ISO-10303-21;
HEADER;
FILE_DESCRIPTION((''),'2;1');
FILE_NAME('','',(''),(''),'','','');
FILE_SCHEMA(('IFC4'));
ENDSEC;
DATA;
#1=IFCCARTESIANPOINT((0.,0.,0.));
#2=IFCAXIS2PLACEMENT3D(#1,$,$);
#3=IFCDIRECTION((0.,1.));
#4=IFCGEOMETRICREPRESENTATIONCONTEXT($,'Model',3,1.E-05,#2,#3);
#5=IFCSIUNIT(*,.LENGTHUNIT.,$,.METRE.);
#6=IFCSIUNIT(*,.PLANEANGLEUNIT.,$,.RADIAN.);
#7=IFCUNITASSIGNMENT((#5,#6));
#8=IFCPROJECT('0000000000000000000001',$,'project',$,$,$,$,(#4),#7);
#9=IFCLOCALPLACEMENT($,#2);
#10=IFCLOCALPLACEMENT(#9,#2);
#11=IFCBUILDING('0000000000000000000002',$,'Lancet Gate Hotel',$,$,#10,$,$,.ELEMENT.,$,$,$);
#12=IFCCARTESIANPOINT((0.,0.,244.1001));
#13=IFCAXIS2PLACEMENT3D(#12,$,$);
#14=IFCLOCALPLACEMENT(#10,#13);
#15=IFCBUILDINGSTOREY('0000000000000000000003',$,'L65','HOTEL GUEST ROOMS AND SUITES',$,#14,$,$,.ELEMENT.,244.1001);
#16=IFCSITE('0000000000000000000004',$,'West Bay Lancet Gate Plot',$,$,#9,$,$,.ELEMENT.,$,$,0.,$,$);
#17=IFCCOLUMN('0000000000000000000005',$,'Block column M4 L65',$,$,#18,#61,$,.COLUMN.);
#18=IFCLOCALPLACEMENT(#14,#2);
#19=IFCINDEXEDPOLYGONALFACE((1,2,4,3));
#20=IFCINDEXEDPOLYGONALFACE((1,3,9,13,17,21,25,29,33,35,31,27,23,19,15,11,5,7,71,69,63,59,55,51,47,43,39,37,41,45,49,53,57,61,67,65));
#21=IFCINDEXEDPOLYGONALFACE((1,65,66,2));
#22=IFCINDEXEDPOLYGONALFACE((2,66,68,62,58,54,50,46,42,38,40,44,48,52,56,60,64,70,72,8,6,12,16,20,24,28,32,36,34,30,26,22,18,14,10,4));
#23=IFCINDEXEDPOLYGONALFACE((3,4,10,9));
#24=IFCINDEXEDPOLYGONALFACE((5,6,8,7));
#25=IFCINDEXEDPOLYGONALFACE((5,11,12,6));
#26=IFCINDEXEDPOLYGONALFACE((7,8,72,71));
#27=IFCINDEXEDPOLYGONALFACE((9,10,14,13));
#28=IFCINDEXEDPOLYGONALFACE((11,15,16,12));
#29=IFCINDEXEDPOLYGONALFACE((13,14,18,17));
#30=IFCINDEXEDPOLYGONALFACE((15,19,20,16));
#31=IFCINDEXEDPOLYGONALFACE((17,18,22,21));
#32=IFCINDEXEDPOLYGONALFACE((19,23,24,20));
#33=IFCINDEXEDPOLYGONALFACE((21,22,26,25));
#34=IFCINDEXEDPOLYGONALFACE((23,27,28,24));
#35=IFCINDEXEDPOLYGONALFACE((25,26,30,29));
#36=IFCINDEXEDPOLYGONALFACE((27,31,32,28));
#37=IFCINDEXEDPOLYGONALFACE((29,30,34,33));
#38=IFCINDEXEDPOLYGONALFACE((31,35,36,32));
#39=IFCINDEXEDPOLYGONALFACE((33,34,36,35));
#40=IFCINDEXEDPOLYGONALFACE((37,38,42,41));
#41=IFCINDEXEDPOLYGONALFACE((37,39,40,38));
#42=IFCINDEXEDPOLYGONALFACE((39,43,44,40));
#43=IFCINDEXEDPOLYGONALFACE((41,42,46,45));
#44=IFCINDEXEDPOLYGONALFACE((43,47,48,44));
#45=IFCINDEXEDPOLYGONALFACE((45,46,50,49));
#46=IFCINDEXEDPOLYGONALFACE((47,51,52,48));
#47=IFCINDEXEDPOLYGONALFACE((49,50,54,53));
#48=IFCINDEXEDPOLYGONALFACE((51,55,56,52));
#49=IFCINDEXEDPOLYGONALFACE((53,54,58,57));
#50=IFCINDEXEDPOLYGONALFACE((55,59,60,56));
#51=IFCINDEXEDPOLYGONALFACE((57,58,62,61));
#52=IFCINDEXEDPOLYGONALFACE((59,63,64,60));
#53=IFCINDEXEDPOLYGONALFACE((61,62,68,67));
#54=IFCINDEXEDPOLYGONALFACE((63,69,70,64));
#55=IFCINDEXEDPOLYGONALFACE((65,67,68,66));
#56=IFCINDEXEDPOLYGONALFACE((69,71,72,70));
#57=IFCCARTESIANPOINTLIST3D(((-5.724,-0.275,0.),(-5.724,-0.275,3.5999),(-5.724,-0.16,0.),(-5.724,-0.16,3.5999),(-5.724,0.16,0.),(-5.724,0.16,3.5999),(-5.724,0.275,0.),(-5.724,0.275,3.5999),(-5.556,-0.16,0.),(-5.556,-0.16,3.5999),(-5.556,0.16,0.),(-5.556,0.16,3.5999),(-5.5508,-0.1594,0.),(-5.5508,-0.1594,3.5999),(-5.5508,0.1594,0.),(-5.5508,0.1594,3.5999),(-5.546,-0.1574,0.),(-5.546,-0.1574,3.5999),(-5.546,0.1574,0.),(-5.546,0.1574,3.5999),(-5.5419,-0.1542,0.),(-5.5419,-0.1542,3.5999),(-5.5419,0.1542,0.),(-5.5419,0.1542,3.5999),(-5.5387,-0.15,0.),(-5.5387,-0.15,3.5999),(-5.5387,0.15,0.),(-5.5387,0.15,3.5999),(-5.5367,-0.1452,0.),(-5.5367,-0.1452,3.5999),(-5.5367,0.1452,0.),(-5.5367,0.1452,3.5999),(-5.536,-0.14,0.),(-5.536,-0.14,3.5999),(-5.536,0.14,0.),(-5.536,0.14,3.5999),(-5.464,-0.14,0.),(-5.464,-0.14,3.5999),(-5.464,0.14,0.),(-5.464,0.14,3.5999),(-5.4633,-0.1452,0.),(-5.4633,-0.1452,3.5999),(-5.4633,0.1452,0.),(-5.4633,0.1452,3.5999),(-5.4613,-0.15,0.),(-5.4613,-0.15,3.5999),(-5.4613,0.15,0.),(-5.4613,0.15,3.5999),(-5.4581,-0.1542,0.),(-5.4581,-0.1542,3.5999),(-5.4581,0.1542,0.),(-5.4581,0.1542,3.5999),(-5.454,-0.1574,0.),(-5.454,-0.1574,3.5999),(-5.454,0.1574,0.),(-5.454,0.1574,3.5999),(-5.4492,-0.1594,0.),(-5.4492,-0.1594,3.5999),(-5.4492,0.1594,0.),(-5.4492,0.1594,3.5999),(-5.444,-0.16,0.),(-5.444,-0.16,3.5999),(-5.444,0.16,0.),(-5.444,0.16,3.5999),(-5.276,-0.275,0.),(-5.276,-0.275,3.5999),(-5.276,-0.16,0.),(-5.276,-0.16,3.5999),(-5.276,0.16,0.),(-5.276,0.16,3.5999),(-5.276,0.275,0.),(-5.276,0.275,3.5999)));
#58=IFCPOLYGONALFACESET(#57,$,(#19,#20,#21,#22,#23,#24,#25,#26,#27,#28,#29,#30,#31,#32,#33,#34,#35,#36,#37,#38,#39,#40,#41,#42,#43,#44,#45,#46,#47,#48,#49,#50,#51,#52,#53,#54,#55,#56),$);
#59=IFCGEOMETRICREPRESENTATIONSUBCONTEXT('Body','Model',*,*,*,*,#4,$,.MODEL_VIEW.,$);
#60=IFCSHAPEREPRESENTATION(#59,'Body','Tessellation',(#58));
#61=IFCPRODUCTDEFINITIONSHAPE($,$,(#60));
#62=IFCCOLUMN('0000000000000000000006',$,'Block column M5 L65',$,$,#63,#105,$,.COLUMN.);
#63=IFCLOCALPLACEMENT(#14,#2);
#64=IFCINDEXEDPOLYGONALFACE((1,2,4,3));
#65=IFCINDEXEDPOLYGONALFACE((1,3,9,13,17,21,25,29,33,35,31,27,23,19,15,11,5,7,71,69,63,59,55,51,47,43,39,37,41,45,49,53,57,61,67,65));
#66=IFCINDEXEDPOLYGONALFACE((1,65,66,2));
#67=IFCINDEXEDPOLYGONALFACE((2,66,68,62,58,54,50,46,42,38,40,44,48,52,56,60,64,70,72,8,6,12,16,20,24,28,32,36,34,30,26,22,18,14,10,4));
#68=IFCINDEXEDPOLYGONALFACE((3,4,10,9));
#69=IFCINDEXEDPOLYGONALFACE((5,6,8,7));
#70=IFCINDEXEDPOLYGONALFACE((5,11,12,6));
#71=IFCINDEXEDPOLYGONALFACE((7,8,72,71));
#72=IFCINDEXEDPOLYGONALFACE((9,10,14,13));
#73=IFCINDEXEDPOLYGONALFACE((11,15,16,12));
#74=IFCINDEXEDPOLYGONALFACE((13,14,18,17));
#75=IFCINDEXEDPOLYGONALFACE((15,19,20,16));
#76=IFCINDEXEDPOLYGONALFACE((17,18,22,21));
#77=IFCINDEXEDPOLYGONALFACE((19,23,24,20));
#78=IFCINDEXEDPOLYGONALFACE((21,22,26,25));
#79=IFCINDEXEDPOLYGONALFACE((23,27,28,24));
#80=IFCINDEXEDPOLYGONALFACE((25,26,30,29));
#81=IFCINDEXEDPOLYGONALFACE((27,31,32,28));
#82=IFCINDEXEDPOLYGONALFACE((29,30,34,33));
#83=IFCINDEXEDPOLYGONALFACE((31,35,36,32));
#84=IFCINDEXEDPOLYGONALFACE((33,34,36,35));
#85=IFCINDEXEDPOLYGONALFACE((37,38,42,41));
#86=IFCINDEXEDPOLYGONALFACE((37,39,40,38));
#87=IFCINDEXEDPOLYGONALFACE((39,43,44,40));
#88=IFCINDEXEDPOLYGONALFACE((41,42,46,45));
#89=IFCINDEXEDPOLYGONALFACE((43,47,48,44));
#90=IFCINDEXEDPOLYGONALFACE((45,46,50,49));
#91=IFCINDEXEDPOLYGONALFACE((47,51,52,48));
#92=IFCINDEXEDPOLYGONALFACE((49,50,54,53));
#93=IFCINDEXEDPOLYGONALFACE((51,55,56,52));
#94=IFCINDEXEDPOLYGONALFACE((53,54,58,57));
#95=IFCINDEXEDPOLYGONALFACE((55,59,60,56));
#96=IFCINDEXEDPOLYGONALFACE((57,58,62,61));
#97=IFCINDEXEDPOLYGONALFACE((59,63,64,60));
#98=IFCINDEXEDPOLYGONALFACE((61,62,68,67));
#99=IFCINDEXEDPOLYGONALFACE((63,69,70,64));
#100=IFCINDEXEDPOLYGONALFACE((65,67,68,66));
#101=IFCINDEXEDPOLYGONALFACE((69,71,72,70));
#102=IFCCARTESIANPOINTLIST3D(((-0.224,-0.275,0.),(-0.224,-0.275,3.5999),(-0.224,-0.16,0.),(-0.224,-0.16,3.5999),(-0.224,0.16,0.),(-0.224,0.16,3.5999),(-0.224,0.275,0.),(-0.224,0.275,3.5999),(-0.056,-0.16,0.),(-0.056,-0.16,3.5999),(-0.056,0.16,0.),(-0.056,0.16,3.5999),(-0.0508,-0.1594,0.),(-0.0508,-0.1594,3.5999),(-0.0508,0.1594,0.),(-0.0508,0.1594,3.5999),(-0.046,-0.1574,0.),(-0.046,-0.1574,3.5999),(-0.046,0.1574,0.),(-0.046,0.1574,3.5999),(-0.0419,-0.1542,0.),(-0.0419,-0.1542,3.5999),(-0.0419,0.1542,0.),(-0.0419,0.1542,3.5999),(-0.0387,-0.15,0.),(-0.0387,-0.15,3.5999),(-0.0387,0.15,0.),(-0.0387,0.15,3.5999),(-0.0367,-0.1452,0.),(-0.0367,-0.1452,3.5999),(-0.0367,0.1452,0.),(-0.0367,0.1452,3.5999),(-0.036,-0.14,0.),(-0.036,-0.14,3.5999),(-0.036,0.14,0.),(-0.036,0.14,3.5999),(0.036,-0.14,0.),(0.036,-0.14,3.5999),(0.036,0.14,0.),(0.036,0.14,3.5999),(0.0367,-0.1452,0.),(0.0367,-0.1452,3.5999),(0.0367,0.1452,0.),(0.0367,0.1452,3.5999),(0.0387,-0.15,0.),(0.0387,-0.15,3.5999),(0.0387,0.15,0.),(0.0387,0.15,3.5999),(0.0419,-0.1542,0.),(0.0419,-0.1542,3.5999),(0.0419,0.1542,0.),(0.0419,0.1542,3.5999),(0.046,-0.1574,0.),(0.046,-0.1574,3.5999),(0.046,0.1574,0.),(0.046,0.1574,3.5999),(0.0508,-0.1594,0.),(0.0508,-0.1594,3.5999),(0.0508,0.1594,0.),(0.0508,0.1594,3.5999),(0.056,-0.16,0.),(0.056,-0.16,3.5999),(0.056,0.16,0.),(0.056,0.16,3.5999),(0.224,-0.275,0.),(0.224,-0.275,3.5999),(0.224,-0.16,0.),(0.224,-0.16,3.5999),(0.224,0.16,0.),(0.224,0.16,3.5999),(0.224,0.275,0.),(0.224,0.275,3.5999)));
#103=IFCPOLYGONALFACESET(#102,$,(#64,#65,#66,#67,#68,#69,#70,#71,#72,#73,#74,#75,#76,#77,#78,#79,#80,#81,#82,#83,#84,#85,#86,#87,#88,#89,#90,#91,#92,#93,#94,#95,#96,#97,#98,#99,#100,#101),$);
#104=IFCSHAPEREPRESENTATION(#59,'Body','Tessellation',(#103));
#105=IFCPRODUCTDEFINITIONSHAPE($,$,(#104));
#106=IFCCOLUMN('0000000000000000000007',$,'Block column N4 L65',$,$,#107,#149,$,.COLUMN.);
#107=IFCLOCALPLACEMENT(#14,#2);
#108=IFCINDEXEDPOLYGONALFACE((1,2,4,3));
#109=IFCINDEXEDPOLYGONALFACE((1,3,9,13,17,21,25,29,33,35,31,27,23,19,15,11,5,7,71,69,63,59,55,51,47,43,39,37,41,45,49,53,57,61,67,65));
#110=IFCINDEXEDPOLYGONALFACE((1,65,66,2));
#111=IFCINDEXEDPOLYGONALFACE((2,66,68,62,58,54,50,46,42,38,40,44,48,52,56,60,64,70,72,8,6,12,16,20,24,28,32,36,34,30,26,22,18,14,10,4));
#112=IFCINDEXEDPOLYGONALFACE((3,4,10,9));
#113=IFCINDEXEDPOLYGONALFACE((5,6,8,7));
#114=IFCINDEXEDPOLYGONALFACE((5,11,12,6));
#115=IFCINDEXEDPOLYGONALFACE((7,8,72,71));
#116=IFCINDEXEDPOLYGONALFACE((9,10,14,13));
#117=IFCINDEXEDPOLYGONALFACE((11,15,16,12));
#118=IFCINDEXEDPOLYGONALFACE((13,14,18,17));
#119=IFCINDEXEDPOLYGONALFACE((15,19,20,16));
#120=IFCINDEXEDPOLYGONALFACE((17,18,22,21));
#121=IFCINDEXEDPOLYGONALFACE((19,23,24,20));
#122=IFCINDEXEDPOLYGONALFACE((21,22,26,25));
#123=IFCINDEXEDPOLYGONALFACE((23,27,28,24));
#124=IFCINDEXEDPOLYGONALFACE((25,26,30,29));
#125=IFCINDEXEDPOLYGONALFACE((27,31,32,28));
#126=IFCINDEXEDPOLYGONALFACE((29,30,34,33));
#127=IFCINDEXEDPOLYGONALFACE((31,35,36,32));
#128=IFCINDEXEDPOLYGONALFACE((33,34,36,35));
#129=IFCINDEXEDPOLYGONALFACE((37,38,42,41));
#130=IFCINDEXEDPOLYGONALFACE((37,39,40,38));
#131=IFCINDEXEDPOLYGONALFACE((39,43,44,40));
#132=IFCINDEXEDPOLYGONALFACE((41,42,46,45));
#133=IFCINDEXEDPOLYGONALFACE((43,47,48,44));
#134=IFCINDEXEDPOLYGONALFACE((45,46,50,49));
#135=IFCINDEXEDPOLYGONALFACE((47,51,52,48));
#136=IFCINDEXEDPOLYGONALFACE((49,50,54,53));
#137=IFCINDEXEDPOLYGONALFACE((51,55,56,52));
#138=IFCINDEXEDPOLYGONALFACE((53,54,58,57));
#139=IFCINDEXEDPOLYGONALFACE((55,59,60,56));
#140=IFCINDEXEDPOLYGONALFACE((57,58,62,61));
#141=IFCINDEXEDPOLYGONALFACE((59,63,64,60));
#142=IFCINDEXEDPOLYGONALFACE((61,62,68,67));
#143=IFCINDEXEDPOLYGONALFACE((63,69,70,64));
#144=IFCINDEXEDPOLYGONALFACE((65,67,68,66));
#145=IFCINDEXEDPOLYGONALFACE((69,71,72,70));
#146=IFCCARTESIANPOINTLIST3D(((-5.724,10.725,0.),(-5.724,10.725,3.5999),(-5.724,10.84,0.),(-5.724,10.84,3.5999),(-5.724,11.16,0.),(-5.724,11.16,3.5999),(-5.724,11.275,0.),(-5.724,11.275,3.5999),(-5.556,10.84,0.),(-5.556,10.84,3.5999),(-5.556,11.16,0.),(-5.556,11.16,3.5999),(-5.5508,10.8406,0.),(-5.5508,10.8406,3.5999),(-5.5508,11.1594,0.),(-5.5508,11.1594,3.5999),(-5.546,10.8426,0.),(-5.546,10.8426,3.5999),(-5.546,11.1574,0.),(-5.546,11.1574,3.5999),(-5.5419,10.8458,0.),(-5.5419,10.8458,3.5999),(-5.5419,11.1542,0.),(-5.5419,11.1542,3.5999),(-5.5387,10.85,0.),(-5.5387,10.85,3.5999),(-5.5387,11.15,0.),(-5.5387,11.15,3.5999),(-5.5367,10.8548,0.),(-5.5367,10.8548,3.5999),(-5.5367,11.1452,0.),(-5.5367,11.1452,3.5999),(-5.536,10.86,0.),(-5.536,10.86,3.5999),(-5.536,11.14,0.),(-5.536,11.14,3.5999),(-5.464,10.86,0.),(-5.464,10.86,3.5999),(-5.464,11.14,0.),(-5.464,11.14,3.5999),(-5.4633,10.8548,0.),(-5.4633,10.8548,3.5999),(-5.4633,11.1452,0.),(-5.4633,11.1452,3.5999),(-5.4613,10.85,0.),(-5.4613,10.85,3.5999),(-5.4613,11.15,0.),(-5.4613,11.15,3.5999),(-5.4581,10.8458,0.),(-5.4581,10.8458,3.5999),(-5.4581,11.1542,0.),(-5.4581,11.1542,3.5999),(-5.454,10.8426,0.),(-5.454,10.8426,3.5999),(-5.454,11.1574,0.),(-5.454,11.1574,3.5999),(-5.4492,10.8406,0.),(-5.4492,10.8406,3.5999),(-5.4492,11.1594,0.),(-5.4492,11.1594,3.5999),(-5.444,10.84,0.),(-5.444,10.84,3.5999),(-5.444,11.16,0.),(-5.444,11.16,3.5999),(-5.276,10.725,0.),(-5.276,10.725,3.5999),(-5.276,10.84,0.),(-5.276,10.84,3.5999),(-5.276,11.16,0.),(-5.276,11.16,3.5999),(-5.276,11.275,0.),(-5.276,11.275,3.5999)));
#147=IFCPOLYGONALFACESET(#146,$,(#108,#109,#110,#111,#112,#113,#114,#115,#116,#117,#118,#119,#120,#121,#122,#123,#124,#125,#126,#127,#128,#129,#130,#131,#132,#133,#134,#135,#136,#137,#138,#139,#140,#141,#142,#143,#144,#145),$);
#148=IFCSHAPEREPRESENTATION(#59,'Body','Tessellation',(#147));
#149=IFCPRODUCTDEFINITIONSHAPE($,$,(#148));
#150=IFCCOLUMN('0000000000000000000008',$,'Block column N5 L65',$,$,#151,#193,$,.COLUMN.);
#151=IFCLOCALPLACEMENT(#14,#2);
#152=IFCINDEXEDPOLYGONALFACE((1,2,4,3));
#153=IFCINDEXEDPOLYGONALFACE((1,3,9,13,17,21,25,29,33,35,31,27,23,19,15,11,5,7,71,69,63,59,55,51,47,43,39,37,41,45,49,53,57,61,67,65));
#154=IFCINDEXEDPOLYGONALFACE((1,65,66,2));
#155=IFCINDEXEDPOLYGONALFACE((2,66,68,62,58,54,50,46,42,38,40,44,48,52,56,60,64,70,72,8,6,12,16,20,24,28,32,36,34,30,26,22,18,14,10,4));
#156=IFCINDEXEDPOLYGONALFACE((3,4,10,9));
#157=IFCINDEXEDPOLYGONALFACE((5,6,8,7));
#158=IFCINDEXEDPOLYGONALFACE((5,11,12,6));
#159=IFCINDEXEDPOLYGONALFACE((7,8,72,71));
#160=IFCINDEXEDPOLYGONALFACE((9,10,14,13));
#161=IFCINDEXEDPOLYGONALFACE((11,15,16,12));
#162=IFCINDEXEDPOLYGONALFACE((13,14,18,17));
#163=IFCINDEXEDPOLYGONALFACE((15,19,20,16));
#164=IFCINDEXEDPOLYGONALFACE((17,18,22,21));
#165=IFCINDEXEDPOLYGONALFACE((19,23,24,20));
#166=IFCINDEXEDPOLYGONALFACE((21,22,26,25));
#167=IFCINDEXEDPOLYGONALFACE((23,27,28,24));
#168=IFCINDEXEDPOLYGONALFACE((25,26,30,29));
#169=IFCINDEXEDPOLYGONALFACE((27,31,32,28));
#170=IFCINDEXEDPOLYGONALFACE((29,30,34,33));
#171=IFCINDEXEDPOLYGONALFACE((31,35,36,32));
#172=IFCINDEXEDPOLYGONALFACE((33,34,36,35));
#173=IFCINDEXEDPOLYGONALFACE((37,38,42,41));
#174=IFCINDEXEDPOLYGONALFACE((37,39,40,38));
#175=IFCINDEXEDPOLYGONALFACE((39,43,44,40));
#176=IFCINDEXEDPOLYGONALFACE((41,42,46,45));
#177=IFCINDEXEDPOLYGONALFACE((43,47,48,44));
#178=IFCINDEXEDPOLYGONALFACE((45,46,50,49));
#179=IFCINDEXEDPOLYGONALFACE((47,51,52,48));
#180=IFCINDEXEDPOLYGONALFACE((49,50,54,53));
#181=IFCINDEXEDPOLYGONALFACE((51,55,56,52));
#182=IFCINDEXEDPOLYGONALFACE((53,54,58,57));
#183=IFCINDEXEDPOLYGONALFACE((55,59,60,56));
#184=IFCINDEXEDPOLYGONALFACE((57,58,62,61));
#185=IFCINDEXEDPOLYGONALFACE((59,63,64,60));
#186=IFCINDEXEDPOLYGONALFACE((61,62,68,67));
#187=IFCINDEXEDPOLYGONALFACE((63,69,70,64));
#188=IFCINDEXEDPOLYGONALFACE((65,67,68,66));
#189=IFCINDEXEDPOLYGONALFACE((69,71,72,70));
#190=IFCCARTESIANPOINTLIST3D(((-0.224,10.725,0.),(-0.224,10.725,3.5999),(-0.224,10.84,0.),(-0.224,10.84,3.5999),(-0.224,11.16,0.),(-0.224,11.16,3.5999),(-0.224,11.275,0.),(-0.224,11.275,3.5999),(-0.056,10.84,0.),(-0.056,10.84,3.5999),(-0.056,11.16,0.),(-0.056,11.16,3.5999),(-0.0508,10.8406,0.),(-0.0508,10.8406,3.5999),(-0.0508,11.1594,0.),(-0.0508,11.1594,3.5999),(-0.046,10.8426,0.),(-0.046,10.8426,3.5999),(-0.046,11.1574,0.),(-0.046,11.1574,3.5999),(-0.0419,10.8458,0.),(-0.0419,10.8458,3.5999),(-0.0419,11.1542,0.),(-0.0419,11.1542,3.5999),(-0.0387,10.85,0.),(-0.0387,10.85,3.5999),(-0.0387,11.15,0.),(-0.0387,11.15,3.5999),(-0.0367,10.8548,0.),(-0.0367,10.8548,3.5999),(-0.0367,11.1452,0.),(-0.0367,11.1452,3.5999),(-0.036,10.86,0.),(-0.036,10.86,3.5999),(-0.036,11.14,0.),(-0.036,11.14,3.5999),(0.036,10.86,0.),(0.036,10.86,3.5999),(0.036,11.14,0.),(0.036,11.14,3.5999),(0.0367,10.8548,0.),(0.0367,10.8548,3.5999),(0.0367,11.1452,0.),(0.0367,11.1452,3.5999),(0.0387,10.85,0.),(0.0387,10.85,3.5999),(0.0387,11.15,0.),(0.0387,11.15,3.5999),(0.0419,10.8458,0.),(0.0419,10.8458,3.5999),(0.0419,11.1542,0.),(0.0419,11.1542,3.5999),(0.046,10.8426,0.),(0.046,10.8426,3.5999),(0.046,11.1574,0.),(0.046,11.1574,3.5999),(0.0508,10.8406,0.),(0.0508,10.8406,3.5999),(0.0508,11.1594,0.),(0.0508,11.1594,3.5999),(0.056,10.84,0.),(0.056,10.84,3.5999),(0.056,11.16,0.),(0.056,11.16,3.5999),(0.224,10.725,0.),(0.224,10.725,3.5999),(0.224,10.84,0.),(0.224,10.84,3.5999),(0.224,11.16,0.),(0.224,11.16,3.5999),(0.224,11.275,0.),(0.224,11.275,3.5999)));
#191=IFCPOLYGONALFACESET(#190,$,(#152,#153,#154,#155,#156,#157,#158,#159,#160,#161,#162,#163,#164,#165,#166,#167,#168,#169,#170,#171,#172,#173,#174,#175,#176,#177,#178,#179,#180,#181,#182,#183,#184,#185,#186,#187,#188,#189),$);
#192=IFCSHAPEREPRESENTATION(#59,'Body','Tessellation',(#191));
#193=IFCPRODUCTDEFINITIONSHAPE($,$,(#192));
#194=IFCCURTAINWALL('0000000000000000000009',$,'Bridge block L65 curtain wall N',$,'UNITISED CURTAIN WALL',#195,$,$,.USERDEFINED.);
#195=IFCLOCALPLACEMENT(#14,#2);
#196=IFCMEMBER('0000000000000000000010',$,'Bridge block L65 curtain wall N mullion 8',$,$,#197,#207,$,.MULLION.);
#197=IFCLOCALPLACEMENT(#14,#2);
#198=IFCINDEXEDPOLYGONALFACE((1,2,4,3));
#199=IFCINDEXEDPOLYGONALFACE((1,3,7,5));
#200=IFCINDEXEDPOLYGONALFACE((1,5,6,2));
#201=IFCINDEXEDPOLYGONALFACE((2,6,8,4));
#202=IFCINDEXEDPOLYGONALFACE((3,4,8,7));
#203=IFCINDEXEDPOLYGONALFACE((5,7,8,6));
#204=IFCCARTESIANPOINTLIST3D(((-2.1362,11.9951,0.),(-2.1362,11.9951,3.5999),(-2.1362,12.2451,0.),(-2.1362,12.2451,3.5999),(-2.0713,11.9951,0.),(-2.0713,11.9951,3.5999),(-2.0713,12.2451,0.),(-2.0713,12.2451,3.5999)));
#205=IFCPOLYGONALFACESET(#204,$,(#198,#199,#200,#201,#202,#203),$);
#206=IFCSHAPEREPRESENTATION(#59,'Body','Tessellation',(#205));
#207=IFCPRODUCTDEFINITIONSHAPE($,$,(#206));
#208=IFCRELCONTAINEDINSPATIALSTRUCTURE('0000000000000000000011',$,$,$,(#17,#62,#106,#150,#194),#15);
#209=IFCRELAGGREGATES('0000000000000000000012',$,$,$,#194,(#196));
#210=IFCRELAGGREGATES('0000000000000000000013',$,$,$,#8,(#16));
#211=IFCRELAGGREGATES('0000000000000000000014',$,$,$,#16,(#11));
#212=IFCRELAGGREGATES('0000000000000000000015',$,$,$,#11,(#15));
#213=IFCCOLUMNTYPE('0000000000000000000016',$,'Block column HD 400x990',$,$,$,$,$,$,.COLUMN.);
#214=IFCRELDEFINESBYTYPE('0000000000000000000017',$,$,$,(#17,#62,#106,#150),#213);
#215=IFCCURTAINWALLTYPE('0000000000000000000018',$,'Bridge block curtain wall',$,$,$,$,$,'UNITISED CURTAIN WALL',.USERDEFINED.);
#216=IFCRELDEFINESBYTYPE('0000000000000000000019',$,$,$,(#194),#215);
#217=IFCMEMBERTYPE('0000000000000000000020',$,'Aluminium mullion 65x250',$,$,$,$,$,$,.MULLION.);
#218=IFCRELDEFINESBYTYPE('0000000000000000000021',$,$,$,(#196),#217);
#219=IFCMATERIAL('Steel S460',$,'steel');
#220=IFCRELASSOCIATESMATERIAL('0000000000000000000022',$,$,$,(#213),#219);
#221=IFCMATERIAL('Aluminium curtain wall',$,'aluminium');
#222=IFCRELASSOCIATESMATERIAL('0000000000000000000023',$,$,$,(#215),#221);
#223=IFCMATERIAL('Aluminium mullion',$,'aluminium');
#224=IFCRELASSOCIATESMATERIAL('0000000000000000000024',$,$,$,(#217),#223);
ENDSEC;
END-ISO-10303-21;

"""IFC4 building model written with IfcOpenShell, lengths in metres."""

from ifc_helpers import new_model, si_unit, direction, frame, origin, origin_2d, place, context, subcontext, project, spatial, rectangle, i_section, extrude, material, material_profile, profile_set, type_object, element, aggregate, save


model = new_model("IFC4")

# Units and contexts
model_context = context("Model", 3, precision=1e-05, world=origin(), true_north=direction((0.0, 1.0)))
body_context = subcontext(model_context, "Body", "Model", "MODEL_VIEW")
ifc_project = project(units=[si_unit("LENGTHUNIT", "METRE"), si_unit("PLANEANGLEUNIT", "RADIAN")], contexts=[model_context])

# Site, building, storey
site_placement = place(None, origin())
site = spatial("IfcSite", under=ifc_project, at=site_placement, Name="West Bay Lancet Gate Plot", CompositionType="ELEMENT", RefElevation=0.0)
building_placement = place(site_placement, origin())
building = spatial("IfcBuilding", under=site, at=building_placement, Name="Lancet Gate Hotel", CompositionType="ELEMENT")
storey_placement = place(building_placement, frame((0.0, 0.0, 244.1001)))
storey = spatial("IfcBuildingStorey", under=building, at=storey_placement, Name="L65", Description="HOTEL GUEST ROOMS AND SUITES", CompositionType="ELEMENT", Elevation=244.1001)

# Columns
ifc_material_1 = material(Name="Steel S460", Category="steel")
ifc_material_profile_1 = material_profile(ifc_material_1, i_section(OverallWidth=0.448, OverallDepth=0.55, WebThickness=0.072, FlangeThickness=0.115, FilletRadius=0.02, at=origin_2d()), Name="HD 400x990")
ifc_profile_set_1 = profile_set([ifc_material_profile_1], Name="Steel S460")
column_type = type_object("IfcColumnType", Name="Block column HD 400x990", PredefinedType="COLUMN", material=ifc_profile_set_1)
for number, where, z_axis, x_axis, name in (
    (1, (-5.5, 0.0, 0.0), (0.0, 0.0, 1.0), (1.0, 0.0, 0.0), "Block column M4 L65"),
    (2, (0.0, 0.0, 0.0), (0.0, 0.0, 1.0), (1.0, 0.0, 0.0), "Block column M5 L65"),
    (3, (-5.5, 11.0, 0.0), (0.0, 0.0, 1.0), (1.0, 0.0, 0.0), "Block column N4 L65"),
    (4, (0.0, 11.0, 0.0), (0.0, 0.0, 1.0), (1.0, 0.0, 0.0), "Block column N5 L65"),
):
    element("IfcColumn", number, at=place(storey_placement, frame(where, z_axis=z_axis, x_axis=x_axis)), inside=storey, type_object=column_type, Name=name, PredefinedType="COLUMN", context=body_context, shape_type="SweptSolid", body=[
        extrude(i_section(OverallWidth=0.448, OverallDepth=0.55, WebThickness=0.072, FlangeThickness=0.115, FilletRadius=0.02, at=origin_2d()), origin(), (0.0, 0.0, 1.0), 3.5999),
    ])

# Curtain wall, member
ifc_material_2 = material(Name="Aluminium curtain wall", Category="aluminium")
curtain_wall_type = type_object("IfcCurtainWallType", Name="Bridge block curtain wall", ElementType="UNITISED CURTAIN WALL", PredefinedType="USERDEFINED", material=ifc_material_2)
curtain_wall_placement = place(storey_placement, origin())
curtain_wall = element("IfcCurtainWall", 5, at=curtain_wall_placement, inside=storey, type_object=curtain_wall_type, Name="Bridge block L65 curtain wall N", ObjectType="UNITISED CURTAIN WALL", PredefinedType="USERDEFINED")
ifc_material_3 = material(Name="Aluminium mullion", Category="aluminium")
ifc_material_profile_2 = material_profile(ifc_material_3, rectangle(XDim=0.0649, YDim=0.25, at=origin_2d()), Name="MULLION 65x250")
ifc_profile_set_2 = profile_set([ifc_material_profile_2], Name="Aluminium mullion")
member_type_1 = type_object("IfcMemberType", Name="Aluminium mullion 65x250", PredefinedType="MULLION", material=ifc_profile_set_2)
member_1_placement = place(storey_placement, frame((-2.1038, 12.1201, 0.0), z_axis=(0.0, 0.0, 1.0), x_axis=(-1.0, 0.0, 0.0)))
member_1 = element("IfcMember", 6, at=member_1_placement, type_object=member_type_1, Name="Bridge block L65 curtain wall N mullion 8", PredefinedType="MULLION", context=body_context, shape_type="SweptSolid", body=[
    extrude(rectangle(XDim=0.0649, YDim=0.25, at=origin_2d()), origin(), (0.0, 0.0, 1.0), 3.5999),
])

aggregate(curtain_wall, [member_1])

save(model, "model.ifc")
